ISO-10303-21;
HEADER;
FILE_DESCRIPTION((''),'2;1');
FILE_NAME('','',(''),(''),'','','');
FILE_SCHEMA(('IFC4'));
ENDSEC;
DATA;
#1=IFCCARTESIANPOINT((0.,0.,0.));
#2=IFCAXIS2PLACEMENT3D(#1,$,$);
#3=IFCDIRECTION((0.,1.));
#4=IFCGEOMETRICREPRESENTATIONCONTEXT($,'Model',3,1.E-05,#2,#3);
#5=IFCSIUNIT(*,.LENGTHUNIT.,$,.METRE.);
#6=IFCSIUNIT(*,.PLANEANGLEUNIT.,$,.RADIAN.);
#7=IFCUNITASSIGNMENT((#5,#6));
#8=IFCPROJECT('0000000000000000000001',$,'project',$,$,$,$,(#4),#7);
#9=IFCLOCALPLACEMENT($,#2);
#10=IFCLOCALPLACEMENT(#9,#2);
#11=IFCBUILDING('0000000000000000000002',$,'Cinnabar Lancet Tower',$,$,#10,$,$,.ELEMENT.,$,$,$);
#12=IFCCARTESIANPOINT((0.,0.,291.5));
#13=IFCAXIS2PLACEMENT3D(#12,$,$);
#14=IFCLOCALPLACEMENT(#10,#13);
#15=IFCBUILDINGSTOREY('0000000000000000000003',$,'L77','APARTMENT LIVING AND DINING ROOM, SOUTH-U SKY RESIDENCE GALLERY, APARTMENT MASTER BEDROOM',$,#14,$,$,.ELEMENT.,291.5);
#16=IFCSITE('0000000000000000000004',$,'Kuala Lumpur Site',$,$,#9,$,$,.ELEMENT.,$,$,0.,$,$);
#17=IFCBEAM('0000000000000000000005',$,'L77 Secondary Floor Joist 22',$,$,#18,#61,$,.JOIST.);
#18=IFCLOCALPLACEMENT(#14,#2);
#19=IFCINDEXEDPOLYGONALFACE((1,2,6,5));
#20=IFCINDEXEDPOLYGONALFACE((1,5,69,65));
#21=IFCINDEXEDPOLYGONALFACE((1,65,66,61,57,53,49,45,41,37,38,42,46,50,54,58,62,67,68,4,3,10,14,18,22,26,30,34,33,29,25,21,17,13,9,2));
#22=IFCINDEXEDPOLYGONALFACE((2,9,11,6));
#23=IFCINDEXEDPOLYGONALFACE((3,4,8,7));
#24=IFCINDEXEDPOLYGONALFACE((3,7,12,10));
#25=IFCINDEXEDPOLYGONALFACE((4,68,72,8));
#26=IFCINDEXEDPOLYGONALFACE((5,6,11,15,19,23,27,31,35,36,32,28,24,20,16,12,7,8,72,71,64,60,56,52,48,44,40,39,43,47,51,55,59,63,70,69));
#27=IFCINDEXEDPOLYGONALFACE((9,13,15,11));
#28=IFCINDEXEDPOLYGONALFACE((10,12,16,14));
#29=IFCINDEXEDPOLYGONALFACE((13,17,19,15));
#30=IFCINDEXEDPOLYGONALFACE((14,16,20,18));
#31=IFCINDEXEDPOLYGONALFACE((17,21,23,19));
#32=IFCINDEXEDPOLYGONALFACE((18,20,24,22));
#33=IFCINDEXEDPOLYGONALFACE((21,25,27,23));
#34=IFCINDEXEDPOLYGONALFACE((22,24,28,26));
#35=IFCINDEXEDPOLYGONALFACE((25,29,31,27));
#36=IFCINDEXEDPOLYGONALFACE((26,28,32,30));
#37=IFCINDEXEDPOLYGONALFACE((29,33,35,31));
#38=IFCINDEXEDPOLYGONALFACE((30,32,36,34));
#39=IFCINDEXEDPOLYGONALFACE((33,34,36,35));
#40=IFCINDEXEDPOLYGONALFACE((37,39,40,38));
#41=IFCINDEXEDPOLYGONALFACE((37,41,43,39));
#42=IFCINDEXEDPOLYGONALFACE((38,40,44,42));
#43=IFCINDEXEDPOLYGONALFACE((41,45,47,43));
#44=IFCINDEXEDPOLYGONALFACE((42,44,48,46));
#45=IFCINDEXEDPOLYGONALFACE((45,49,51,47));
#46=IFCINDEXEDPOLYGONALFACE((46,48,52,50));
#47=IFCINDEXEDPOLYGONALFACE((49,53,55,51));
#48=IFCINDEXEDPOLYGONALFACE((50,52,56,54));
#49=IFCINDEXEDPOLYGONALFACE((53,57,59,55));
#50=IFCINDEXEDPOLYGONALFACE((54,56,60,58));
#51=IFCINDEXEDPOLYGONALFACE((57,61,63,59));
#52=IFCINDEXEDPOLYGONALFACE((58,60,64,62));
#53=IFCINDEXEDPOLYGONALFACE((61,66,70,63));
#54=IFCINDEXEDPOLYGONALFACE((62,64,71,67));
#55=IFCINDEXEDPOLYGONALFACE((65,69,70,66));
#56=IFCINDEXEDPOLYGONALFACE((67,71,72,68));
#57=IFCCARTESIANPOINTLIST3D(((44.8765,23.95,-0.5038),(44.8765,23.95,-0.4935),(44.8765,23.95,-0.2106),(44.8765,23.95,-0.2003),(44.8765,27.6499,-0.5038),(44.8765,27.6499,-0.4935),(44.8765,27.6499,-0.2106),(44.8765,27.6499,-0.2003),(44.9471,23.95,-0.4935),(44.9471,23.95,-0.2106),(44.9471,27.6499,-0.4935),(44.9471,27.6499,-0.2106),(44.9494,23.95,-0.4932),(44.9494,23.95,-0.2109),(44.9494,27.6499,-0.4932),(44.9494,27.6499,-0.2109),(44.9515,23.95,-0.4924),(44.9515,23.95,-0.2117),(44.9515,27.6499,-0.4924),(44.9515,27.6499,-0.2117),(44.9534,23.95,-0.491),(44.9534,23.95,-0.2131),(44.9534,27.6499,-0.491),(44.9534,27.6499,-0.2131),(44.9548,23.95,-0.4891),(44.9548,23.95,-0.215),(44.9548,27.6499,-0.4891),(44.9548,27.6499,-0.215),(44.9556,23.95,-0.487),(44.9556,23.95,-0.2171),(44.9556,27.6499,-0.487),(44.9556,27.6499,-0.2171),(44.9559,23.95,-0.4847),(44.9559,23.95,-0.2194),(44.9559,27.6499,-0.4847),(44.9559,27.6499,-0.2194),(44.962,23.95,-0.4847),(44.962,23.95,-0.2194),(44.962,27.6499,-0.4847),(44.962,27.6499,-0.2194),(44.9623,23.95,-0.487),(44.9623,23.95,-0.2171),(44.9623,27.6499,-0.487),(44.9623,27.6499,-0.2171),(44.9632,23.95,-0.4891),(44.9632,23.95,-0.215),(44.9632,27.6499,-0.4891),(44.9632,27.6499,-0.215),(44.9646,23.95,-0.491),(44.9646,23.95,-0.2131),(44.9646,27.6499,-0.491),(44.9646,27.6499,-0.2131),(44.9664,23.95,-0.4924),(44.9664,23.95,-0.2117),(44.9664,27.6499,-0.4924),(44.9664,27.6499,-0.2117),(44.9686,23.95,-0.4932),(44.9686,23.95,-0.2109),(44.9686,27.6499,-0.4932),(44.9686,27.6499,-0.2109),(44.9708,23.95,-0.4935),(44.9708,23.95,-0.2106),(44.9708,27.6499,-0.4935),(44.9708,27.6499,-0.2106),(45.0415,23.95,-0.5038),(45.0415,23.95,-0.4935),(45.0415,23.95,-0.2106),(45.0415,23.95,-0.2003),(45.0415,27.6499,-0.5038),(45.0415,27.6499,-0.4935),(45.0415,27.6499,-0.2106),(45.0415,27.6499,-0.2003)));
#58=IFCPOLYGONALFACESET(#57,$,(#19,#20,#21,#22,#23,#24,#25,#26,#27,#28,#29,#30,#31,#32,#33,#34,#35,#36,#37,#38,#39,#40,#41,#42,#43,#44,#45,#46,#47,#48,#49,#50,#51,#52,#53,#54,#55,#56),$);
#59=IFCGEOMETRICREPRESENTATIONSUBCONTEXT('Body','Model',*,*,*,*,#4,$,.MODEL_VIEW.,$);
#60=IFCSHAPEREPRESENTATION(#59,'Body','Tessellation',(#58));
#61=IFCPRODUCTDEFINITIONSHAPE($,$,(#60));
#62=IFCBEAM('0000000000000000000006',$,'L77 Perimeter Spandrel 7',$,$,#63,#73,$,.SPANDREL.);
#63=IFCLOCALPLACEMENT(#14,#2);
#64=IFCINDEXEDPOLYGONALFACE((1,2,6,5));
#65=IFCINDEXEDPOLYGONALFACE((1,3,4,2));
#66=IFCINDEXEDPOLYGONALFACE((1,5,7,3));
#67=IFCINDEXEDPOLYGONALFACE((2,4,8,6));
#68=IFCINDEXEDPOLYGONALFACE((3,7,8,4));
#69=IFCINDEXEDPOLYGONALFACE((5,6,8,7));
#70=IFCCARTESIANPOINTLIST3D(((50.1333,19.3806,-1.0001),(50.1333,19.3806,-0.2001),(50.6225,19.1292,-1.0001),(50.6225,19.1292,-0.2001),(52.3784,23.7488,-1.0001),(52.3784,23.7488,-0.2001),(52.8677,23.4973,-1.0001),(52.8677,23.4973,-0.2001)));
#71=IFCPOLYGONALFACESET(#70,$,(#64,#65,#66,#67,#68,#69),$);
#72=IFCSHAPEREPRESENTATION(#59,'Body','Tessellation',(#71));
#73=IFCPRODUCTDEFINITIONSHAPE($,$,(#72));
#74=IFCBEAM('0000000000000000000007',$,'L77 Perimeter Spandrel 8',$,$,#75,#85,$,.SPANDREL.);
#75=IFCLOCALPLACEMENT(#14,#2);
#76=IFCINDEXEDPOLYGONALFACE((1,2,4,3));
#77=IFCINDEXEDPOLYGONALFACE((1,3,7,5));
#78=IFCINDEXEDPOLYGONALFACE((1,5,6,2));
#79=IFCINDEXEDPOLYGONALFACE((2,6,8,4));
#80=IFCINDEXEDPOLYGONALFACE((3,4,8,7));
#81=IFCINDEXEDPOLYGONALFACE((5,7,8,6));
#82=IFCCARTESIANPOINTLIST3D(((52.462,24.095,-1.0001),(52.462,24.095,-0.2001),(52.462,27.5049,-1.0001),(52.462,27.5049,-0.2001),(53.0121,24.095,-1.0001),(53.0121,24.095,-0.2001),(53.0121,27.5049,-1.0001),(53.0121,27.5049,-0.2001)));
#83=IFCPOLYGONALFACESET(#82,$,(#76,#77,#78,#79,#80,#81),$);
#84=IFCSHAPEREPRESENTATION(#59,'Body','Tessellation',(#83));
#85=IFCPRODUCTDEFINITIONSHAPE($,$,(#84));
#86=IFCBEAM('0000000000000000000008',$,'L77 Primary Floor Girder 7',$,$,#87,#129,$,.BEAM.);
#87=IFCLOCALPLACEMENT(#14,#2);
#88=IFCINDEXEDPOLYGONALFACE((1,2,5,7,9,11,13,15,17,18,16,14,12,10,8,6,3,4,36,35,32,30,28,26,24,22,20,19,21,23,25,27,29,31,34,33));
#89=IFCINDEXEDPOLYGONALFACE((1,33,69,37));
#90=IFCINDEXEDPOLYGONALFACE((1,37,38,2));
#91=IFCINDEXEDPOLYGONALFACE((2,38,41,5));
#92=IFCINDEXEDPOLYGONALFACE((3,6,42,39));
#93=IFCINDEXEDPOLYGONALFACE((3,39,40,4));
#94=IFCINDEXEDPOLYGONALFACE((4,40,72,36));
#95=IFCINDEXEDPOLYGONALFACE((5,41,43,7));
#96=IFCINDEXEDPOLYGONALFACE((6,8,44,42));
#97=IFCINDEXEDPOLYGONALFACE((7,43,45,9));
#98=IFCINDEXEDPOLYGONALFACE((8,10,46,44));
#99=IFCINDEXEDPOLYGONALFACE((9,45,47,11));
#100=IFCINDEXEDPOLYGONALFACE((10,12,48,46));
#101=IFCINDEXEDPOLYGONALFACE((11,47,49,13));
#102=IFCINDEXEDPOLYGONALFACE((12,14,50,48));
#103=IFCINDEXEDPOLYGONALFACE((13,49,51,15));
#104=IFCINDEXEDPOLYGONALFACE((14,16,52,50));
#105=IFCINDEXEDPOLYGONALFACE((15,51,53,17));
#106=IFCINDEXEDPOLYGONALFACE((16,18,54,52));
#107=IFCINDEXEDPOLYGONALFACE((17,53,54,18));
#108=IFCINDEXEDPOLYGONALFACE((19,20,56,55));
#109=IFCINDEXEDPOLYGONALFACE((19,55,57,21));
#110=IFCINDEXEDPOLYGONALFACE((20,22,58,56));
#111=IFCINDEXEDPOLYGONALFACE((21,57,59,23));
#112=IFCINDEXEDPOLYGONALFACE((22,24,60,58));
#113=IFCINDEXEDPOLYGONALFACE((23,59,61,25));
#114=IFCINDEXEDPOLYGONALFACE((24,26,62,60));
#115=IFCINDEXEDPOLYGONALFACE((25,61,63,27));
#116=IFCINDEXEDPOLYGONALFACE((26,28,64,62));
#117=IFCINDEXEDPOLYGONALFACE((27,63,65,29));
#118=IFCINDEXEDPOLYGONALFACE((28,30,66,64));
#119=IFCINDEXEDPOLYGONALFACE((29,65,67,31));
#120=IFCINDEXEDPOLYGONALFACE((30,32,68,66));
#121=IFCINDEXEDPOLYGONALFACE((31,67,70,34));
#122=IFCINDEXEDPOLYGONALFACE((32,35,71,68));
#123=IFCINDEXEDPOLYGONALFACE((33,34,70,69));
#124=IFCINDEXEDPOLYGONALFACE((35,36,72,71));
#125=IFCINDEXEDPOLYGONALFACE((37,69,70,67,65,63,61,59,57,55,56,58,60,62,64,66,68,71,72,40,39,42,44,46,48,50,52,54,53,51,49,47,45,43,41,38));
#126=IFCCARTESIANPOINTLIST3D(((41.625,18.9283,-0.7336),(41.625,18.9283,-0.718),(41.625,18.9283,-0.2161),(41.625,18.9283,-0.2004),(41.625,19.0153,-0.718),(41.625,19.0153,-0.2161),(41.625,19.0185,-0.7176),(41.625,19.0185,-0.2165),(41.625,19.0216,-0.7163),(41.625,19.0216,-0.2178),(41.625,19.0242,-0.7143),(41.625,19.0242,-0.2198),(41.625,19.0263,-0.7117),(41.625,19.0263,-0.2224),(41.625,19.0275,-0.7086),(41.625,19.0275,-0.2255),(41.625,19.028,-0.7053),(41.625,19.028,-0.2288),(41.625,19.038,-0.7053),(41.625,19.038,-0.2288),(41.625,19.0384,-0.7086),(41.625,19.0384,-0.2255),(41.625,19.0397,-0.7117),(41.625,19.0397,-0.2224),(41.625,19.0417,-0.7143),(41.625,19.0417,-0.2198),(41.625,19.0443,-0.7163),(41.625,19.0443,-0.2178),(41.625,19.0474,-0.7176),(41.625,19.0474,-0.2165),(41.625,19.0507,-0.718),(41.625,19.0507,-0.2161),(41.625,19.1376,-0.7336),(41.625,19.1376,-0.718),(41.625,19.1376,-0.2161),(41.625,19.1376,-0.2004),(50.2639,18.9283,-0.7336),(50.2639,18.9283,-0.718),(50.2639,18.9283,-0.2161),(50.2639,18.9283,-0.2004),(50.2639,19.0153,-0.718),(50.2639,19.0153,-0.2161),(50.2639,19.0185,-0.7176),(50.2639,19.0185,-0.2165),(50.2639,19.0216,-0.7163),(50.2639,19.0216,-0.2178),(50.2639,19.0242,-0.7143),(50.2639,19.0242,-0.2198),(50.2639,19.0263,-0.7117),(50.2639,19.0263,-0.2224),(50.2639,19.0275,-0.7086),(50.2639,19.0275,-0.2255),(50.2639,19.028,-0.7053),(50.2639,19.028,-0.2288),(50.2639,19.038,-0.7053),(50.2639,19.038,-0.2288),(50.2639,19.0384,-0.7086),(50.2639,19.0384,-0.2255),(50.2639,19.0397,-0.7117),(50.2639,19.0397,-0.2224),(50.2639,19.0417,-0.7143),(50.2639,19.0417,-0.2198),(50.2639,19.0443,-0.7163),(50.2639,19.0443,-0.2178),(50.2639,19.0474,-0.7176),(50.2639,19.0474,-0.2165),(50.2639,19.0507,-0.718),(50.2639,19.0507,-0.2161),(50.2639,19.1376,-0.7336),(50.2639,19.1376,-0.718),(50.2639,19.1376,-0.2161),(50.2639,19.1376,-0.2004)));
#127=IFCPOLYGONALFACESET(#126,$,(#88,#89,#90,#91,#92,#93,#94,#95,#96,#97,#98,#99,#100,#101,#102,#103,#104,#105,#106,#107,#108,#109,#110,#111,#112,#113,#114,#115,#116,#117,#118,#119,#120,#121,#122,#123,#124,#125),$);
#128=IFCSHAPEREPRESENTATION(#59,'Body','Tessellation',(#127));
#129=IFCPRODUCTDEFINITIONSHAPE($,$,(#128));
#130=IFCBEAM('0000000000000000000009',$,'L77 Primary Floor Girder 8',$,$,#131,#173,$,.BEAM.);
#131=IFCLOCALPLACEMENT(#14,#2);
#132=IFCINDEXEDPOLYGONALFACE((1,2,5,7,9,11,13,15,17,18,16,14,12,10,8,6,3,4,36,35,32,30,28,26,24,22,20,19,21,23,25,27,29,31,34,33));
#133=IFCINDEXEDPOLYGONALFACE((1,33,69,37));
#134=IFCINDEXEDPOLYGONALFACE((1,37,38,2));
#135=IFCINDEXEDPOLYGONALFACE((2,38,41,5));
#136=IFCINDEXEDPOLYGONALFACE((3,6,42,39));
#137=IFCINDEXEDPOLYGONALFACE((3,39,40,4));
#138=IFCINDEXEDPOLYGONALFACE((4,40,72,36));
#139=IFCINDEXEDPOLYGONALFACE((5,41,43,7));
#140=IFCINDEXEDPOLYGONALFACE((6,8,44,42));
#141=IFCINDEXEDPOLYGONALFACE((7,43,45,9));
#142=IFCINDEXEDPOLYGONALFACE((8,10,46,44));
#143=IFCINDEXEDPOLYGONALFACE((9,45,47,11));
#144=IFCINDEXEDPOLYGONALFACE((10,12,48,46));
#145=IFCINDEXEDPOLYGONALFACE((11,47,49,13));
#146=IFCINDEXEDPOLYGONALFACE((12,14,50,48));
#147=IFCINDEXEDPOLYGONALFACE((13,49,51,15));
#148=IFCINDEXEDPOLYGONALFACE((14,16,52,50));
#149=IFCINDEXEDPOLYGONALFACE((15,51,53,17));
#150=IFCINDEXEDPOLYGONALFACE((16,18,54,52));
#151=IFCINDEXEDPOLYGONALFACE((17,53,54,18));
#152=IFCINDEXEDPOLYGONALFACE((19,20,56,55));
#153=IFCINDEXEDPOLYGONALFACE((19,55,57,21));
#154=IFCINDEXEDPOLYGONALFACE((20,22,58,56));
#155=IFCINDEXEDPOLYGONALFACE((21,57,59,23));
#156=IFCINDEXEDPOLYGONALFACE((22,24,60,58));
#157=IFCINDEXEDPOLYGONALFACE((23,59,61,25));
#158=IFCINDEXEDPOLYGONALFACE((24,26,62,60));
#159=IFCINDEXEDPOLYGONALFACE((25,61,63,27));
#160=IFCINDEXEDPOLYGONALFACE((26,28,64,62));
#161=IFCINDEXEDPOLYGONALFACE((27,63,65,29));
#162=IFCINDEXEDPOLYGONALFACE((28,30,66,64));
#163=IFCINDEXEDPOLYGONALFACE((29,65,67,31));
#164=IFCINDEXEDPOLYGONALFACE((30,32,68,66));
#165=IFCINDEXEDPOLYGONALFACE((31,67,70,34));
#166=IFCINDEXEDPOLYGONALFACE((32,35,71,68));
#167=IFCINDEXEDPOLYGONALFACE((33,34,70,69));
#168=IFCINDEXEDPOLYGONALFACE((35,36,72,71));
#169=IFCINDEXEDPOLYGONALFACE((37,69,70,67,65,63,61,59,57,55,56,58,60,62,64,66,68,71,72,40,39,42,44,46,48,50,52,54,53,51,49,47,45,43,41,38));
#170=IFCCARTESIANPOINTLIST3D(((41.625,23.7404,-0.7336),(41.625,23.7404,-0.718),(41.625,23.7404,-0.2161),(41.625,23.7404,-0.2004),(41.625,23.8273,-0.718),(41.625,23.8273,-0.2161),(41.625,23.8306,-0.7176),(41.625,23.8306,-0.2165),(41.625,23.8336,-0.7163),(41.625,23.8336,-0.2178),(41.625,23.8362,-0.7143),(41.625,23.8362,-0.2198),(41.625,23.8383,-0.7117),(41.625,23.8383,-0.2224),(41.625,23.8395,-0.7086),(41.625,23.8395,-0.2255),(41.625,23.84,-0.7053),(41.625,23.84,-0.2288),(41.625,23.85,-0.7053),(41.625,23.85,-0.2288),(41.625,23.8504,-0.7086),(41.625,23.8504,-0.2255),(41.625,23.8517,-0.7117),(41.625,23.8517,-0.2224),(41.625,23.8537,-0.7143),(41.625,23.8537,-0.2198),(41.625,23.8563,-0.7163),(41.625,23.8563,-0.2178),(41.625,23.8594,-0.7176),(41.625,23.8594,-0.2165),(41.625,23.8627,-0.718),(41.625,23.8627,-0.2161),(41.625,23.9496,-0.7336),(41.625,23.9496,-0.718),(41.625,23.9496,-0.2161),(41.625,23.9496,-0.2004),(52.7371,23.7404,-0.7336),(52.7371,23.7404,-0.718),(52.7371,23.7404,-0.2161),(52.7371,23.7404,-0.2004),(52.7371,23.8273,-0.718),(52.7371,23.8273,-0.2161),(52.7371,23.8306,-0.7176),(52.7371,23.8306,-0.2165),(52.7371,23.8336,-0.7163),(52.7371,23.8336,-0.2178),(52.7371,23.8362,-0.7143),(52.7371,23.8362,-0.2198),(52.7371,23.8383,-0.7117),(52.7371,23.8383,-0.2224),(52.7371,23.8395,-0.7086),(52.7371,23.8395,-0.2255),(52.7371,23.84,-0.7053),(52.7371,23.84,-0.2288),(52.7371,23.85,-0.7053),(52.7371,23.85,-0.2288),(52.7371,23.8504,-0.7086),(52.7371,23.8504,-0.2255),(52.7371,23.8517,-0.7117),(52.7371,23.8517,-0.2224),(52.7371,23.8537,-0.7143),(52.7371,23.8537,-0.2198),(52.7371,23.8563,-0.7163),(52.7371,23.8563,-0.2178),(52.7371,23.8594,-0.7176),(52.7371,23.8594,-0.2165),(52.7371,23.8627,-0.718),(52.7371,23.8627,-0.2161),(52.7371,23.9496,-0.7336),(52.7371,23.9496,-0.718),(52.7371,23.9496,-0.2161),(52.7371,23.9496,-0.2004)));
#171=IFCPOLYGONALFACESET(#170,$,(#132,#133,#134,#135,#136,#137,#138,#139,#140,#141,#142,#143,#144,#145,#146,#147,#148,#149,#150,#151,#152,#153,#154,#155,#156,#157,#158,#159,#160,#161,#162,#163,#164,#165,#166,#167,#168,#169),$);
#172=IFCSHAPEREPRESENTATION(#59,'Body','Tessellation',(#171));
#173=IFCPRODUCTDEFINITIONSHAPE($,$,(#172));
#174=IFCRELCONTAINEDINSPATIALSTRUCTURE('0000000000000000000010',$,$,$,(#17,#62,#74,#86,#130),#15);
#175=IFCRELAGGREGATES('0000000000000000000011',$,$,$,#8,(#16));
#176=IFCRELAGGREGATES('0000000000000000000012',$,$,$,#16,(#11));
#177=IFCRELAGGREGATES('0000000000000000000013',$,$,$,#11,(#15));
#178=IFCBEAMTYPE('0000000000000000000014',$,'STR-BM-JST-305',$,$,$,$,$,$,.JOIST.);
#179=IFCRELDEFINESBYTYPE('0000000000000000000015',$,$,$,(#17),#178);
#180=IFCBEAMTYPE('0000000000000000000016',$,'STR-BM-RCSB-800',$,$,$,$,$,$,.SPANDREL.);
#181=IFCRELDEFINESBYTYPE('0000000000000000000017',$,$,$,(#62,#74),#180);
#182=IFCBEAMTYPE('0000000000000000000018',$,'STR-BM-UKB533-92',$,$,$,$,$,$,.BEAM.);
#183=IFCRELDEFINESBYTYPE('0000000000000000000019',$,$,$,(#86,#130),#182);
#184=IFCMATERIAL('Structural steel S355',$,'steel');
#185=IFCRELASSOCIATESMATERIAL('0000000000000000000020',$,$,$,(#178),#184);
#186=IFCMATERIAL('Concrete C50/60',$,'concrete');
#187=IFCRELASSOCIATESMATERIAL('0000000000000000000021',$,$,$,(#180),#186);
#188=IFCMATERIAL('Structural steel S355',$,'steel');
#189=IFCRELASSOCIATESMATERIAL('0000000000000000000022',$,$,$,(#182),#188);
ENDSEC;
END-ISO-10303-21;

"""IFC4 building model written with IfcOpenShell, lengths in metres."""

from ifc_helpers import new_model, si_unit, direction, frame, origin, origin_2d, place, context, subcontext, project, spatial, rectangle, i_section, extrude, material, material_profile, profile_set, type_object, element, save


model = new_model("IFC4")

# Units and contexts
model_context = context("Model", 3, precision=1e-05, world=origin(), true_north=direction((0.0, 1.0)))
body_context = subcontext(model_context, "Body", "Model", "MODEL_VIEW")
ifc_project = project(units=[si_unit("LENGTHUNIT", "METRE"), si_unit("PLANEANGLEUNIT", "RADIAN")], contexts=[model_context])

# Site, building, storey
site_placement = place(None, origin())
site = spatial("IfcSite", under=ifc_project, at=site_placement, Name="Kuala Lumpur Site", CompositionType="ELEMENT", RefElevation=0.0)
building_placement = place(site_placement, origin())
building = spatial("IfcBuilding", under=site, at=building_placement, Name="Cinnabar Lancet Tower", CompositionType="ELEMENT")
storey_placement = place(building_placement, frame((0.0, 0.0, 291.5)))
storey = spatial("IfcBuildingStorey", under=building, at=storey_placement, Name="L77", Description="APARTMENT LIVING AND DINING ROOM, SOUTH-U SKY RESIDENCE GALLERY, APARTMENT MASTER BEDROOM", CompositionType="ELEMENT", Elevation=291.5)

# Beams
ifc_material_1 = material(Name="Structural steel S355", Category="steel")
ifc_material_profile_1 = material_profile(ifc_material_1, i_section(OverallWidth=0.165, OverallDepth=0.3035, WebThickness=0.0061, FlangeThickness=0.0103, FilletRadius=0.0088, at=origin_2d()), Name="UKB 305x165x40")
ifc_profile_set_1 = profile_set([ifc_material_profile_1], Name="Structural steel S355")
beam_type_1 = type_object("IfcBeamType", Name="STR-BM-JST-305", PredefinedType="JOIST", material=ifc_profile_set_1)
for number, where, z_axis, x_axis, name in (
    (1, (44.959, 23.95, -0.3521), (0.0, 1.0, 0.0), (-1.0, 0.0, 0.0), "L77 Secondary Floor Joist 22"),
):
    element("IfcBeam", number, at=place(storey_placement, frame(where, z_axis=z_axis, x_axis=x_axis)), inside=storey, type_object=beam_type_1, Name=name, PredefinedType="JOIST", context=body_context, shape_type="SweptSolid", body=[
        extrude(i_section(OverallWidth=0.165, OverallDepth=0.3035, WebThickness=0.0061, FlangeThickness=0.0103, FilletRadius=0.0088, at=origin_2d()), origin(), (0.0, 0.0, 1.0), 3.7),
    ])
ifc_material_2 = material(Name="Concrete C50/60", Category="concrete")
ifc_material_profile_2 = material_profile(ifc_material_2, rectangle(XDim=0.55, YDim=0.8, at=origin_2d()), Name="RC-SB 550x800")
ifc_profile_set_2 = profile_set([ifc_material_profile_2], Name="Concrete C50/60")
beam_type_2 = type_object("IfcBeamType", Name="STR-BM-RCSB-800", PredefinedType="SPANDREL", material=ifc_profile_set_2)
beam_1_placement = place(storey_placement, frame((50.3779, 19.2549, -0.6001), z_axis=(0.457128, 0.889401, 0.0), x_axis=(-0.889401, 0.457128, 0.0)))
element("IfcBeam", 2, at=beam_1_placement, inside=storey, type_object=beam_type_2, Name="L77 Perimeter Spandrel 7", PredefinedType="SPANDREL", context=body_context, shape_type="SweptSolid", body=[
    extrude(rectangle(XDim=0.55, YDim=0.8, at=origin_2d()), origin(), (0.0, 0.0, 1.0), 4.9114),
])
beam_2_placement = place(storey_placement, frame((52.7371, 24.095, -0.6001), z_axis=(0.0, 1.0, 0.0), x_axis=(-1.0, 0.0, 0.0)))
element("IfcBeam", 3, at=beam_2_placement, inside=storey, type_object=beam_type_2, Name="L77 Perimeter Spandrel 8", PredefinedType="SPANDREL", context=body_context, shape_type="SweptSolid", body=[
    extrude(rectangle(XDim=0.55, YDim=0.8, at=origin_2d()), origin(), (0.0, 0.0, 1.0), 3.4099),
])
ifc_material_3 = material(Name="Structural steel S355", Category="steel")
ifc_material_profile_3 = material_profile(ifc_material_3, i_section(OverallWidth=0.2092, OverallDepth=0.5332, WebThickness=0.01, FlangeThickness=0.0156, FilletRadius=0.0127, at=origin_2d()), Name="UKB 533x210x92")
ifc_profile_set_3 = profile_set([ifc_material_profile_3], Name="Structural steel S355")
beam_type_3 = type_object("IfcBeamType", Name="STR-BM-UKB533-92", PredefinedType="BEAM", material=ifc_profile_set_3)
beam_3_placement = place(storey_placement, frame((50.2639, 19.033, -0.467), z_axis=(-1.0, 0.0, 0.0), x_axis=(0.0, -1.0, 0.0)))
element("IfcBeam", 4, at=beam_3_placement, inside=storey, type_object=beam_type_3, Name="L77 Primary Floor Girder 7", PredefinedType="BEAM", context=body_context, shape_type="SweptSolid", body=[
    extrude(i_section(OverallWidth=0.2092, OverallDepth=0.5332, WebThickness=0.01, FlangeThickness=0.0156, FilletRadius=0.0127, at=origin_2d()), origin(), (0.0, 0.0, 1.0), 8.6389),
])
beam_4_placement = place(storey_placement, frame((52.7371, 23.845, -0.467), z_axis=(-1.0, 0.0, 0.0), x_axis=(0.0, -1.0, 0.0)))
element("IfcBeam", 5, at=beam_4_placement, inside=storey, type_object=beam_type_3, Name="L77 Primary Floor Girder 8", PredefinedType="BEAM", context=body_context, shape_type="SweptSolid", body=[
    extrude(i_section(OverallWidth=0.2092, OverallDepth=0.5332, WebThickness=0.01, FlangeThickness=0.0156, FilletRadius=0.0127, at=origin_2d()), origin(), (0.0, 0.0, 1.0), 11.1121),
])

save(model, "model.ifc")
